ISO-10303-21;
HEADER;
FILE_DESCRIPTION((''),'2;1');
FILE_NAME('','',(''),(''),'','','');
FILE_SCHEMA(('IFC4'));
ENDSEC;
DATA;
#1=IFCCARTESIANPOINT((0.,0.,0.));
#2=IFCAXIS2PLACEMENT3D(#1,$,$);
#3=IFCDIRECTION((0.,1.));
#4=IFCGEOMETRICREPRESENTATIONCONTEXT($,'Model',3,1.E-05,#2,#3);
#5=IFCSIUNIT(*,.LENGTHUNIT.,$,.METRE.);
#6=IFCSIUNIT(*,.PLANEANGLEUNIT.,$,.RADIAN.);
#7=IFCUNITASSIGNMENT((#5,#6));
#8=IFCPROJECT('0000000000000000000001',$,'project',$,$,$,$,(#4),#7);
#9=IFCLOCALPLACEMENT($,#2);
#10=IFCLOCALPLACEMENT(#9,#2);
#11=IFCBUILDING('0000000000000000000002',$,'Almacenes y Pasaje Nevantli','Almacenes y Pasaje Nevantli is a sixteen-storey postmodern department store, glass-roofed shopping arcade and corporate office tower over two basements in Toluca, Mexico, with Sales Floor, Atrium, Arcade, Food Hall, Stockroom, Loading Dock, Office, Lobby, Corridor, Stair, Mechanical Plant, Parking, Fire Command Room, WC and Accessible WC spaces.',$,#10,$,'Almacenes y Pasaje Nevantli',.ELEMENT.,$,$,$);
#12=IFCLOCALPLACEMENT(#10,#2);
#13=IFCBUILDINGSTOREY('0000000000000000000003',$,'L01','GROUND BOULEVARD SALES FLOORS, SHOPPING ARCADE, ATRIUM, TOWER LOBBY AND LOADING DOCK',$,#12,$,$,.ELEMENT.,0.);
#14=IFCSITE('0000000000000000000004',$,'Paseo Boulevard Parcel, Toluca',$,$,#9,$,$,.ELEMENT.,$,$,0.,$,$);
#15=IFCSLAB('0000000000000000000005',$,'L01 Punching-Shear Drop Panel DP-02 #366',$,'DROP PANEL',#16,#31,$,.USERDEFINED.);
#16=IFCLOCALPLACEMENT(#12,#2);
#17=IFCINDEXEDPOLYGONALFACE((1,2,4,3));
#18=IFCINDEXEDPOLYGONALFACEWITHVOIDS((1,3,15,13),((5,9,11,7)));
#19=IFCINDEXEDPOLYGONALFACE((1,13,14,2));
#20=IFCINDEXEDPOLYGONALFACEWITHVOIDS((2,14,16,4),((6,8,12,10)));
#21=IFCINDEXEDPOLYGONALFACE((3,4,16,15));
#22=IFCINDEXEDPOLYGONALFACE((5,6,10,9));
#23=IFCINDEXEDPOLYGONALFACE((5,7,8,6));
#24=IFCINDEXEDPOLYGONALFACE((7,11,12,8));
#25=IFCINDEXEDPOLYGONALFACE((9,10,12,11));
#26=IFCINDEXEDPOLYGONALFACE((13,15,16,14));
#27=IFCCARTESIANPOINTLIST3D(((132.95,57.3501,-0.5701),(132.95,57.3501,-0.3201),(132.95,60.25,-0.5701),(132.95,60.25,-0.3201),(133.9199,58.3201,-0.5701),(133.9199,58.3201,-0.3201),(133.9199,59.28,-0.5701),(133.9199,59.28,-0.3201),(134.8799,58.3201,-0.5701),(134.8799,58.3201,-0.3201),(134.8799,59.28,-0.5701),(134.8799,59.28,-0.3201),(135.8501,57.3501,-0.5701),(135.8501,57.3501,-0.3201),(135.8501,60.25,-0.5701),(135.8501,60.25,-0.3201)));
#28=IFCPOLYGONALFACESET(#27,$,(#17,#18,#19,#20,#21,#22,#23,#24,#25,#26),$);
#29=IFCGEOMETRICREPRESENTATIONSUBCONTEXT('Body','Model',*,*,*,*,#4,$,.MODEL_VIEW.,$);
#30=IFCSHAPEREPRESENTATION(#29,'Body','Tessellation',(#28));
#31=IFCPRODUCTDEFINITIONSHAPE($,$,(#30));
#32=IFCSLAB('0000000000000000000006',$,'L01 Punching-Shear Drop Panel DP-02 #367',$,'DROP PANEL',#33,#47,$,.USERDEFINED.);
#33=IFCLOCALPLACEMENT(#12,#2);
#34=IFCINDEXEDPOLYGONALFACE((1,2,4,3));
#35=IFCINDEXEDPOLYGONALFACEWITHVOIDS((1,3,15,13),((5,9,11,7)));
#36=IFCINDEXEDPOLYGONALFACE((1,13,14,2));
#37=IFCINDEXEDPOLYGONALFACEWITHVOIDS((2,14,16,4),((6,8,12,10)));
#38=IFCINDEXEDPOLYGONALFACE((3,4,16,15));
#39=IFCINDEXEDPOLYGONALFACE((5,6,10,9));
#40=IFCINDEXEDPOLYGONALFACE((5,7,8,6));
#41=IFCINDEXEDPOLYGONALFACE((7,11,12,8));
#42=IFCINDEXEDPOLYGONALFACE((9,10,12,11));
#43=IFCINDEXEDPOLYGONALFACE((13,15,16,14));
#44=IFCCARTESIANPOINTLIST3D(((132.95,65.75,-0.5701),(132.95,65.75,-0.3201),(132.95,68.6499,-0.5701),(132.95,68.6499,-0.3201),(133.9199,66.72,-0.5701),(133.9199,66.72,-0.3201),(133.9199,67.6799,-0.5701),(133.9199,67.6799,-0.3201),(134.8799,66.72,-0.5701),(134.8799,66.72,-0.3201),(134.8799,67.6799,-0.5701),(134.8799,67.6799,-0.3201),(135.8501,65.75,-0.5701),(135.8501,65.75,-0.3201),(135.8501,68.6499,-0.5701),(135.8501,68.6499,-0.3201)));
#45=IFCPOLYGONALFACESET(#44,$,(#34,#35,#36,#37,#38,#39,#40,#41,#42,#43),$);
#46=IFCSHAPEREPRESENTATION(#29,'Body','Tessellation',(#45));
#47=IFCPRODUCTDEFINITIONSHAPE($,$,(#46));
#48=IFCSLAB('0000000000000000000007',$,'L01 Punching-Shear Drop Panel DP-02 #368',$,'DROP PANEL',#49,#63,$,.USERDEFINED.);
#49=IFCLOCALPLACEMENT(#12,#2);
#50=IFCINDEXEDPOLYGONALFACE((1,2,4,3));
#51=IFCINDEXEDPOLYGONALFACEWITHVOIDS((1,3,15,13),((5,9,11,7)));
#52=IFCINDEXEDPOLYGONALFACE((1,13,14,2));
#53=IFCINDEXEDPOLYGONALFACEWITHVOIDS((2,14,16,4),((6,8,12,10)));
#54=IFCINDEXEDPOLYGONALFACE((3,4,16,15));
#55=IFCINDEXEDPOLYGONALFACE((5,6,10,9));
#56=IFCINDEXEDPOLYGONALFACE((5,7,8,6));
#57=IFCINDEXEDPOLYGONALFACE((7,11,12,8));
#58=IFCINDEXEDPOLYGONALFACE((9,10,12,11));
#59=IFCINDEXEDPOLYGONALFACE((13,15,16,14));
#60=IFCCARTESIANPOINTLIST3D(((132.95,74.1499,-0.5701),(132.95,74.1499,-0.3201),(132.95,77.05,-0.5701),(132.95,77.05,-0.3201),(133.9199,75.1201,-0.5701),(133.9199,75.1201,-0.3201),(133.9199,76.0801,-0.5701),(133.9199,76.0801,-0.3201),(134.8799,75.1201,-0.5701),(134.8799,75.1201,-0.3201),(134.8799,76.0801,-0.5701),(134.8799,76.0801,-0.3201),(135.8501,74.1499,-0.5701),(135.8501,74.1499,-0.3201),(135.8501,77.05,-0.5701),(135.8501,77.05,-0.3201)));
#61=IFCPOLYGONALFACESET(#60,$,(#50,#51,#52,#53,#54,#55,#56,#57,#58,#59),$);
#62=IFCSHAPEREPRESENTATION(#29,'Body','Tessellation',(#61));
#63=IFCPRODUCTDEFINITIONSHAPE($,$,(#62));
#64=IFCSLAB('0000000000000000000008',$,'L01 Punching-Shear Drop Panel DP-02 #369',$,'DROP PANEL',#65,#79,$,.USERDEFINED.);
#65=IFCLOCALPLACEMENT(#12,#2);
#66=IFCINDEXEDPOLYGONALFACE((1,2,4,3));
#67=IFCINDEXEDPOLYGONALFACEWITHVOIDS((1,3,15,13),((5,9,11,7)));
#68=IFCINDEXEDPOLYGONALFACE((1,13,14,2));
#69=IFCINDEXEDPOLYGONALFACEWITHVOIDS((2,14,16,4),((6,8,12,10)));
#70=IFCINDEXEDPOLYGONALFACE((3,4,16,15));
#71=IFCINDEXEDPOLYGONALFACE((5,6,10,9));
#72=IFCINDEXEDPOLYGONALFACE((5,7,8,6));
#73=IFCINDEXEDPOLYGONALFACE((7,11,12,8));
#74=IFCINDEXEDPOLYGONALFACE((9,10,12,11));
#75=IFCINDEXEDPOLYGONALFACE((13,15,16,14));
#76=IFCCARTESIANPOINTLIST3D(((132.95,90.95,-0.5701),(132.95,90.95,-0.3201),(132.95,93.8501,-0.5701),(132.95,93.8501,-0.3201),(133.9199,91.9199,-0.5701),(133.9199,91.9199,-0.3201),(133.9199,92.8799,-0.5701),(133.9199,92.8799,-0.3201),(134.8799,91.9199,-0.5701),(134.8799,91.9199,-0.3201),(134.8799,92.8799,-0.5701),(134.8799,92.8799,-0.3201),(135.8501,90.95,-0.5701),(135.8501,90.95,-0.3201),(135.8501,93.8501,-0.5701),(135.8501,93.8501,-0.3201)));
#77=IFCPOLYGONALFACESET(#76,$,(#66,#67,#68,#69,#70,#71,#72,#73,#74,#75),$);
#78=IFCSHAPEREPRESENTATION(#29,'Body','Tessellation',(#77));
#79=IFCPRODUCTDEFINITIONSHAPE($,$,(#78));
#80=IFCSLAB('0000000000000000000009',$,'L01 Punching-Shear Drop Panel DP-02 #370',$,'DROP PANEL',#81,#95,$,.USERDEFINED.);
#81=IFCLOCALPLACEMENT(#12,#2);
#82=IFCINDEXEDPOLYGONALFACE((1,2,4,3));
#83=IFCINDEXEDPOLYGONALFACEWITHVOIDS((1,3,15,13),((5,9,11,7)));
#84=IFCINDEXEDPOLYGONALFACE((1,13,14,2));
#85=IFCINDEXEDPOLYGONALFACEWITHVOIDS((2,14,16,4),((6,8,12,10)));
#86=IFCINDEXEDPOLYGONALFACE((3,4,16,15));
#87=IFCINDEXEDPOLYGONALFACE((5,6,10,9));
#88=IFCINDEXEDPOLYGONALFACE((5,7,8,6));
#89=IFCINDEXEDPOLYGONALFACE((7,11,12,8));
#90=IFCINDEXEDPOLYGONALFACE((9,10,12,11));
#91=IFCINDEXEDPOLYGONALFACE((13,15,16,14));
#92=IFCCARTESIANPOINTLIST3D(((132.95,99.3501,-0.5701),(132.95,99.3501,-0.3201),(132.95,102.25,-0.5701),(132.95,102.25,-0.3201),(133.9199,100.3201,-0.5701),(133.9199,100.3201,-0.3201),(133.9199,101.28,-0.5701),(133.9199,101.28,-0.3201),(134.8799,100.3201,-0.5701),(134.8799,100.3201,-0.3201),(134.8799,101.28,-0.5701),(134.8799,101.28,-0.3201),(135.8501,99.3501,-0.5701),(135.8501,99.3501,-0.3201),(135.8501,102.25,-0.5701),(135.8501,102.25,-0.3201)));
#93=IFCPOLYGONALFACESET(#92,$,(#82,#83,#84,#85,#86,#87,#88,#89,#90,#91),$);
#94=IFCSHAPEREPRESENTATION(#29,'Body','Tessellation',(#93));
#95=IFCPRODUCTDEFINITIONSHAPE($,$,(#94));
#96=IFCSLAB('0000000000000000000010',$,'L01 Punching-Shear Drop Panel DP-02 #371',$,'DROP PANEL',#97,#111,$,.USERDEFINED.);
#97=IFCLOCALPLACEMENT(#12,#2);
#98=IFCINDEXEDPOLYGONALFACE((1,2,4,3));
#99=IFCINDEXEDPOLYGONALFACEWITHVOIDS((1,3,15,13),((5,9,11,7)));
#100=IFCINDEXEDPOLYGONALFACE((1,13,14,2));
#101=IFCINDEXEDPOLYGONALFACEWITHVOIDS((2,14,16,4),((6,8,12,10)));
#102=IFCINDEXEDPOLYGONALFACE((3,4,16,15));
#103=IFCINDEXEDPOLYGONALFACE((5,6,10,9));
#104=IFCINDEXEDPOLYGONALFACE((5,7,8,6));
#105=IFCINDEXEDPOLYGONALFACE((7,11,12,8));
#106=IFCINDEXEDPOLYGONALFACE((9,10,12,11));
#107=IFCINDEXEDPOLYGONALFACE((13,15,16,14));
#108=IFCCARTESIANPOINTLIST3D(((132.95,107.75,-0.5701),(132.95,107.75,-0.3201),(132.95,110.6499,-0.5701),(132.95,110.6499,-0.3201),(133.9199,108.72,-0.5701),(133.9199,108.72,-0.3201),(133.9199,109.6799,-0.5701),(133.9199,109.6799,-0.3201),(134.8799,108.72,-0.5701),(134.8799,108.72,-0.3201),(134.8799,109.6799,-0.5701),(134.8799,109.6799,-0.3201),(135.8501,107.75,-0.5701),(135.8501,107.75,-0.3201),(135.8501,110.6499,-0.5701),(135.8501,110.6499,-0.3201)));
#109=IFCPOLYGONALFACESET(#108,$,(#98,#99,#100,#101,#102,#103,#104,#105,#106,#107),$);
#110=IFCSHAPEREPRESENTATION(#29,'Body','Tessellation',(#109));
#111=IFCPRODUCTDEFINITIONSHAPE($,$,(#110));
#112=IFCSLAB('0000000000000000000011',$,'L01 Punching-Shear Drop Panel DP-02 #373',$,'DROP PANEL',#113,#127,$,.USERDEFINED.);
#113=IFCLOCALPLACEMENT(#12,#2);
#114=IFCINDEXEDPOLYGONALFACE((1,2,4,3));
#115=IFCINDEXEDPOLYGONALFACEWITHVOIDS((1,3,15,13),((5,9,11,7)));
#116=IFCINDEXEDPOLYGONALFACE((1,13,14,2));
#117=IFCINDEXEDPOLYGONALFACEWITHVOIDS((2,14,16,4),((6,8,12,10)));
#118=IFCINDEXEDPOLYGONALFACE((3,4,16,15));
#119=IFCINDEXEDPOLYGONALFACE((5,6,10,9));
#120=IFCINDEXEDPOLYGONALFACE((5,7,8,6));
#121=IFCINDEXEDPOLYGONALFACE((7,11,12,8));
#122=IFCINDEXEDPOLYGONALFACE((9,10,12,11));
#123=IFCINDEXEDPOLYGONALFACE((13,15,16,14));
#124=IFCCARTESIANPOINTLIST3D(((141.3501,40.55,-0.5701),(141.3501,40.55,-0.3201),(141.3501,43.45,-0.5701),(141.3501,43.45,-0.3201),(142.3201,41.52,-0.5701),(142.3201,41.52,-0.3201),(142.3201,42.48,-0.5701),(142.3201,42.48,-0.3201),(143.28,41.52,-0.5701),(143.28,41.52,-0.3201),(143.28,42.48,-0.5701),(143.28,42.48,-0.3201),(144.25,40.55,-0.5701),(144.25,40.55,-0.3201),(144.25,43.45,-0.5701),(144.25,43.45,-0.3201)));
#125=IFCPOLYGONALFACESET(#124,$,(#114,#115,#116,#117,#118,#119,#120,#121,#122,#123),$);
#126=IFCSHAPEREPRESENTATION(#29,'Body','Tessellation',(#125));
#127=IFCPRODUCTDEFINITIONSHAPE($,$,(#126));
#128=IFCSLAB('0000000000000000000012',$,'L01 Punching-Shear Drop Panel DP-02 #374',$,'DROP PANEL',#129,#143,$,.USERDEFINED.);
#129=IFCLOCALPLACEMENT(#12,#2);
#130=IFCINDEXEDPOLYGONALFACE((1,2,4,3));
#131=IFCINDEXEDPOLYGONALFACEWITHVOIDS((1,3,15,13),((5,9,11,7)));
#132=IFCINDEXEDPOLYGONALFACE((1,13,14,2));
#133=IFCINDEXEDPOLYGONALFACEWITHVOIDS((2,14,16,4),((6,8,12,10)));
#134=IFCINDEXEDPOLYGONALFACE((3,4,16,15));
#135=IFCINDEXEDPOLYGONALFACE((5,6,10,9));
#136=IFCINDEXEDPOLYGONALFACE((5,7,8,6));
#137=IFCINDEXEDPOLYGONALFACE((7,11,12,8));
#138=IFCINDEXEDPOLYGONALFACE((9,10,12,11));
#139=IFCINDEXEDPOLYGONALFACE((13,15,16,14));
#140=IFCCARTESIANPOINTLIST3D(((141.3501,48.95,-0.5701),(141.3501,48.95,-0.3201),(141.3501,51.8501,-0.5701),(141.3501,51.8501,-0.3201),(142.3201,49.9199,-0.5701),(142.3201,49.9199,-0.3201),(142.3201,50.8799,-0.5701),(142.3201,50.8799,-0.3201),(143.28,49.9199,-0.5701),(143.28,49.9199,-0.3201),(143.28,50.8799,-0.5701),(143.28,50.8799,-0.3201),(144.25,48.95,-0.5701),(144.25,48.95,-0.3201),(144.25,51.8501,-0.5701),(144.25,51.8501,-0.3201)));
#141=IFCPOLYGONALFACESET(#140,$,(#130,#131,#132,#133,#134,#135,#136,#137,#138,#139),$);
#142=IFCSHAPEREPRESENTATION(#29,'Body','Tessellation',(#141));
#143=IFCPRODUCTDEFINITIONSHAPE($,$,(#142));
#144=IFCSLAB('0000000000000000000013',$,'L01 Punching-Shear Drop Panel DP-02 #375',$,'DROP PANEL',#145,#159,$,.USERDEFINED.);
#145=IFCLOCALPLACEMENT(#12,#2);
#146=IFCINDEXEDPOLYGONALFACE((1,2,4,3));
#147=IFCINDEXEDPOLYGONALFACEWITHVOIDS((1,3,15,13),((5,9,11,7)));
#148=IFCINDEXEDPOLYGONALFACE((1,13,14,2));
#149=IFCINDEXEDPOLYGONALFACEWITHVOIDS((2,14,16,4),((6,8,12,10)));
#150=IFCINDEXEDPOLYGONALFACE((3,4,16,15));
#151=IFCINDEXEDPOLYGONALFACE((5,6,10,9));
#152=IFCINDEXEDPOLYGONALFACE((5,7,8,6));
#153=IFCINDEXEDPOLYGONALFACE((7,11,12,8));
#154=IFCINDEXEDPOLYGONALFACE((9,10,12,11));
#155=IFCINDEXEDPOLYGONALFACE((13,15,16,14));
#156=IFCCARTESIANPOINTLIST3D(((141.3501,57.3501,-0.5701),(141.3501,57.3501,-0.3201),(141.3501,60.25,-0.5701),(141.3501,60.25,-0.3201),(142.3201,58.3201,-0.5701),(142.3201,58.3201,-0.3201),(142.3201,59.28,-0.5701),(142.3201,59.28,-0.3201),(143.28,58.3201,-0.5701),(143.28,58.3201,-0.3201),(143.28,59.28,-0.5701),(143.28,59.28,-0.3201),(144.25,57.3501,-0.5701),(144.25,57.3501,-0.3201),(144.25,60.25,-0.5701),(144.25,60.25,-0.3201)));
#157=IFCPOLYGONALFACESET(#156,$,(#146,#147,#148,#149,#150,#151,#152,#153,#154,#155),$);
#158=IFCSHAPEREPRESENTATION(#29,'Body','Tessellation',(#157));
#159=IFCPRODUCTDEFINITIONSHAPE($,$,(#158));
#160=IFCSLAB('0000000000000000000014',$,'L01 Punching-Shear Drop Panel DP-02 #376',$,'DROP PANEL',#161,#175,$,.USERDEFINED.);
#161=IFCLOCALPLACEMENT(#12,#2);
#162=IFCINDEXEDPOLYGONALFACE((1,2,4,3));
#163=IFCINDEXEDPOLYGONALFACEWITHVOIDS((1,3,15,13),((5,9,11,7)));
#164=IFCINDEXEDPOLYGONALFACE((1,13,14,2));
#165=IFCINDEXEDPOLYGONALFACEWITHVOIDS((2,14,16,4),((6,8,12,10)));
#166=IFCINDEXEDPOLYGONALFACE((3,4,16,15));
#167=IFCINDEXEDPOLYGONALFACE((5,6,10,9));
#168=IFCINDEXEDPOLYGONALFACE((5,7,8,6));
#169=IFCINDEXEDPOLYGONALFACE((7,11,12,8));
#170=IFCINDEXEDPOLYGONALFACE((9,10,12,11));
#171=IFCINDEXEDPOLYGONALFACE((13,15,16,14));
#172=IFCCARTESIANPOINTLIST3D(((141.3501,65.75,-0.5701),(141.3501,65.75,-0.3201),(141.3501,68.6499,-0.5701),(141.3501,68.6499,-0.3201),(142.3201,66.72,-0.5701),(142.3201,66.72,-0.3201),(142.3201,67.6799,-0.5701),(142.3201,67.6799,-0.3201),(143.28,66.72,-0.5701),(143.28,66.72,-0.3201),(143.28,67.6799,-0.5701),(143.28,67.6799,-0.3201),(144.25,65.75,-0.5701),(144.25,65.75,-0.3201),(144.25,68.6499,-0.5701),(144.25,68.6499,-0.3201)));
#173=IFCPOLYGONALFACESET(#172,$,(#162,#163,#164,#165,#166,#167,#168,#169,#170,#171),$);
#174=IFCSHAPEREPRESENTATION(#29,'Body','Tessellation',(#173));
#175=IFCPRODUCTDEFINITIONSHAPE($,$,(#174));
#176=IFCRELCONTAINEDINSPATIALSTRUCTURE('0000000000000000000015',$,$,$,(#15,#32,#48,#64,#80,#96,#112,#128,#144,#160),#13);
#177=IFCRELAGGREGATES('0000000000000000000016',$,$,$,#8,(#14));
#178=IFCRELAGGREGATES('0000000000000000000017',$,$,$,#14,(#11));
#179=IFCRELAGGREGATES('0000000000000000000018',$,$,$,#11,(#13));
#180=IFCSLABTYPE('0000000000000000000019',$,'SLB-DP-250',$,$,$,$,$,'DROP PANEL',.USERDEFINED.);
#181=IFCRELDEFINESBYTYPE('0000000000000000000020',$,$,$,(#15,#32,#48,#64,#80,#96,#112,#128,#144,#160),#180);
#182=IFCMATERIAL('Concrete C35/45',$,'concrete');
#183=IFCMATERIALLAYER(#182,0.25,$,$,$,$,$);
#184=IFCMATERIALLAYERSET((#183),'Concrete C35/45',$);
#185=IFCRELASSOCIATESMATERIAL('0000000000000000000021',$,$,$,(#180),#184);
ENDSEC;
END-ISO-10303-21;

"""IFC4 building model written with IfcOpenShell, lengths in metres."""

from ifc_helpers import new_model, si_unit, direction, frame, origin, place, context, subcontext, project, spatial, polyline, outline, extrude, material, layer, layer_set, type_object, element, save


model = new_model("IFC4")

# Units and contexts
model_context = context("Model", 3, precision=1e-05, world=origin(), true_north=direction((0.0, 1.0)))
body_context = subcontext(model_context, "Body", "Model", "MODEL_VIEW")
ifc_project = project(units=[si_unit("LENGTHUNIT", "METRE"), si_unit("PLANEANGLEUNIT", "RADIAN")], contexts=[model_context])

# Site, building, storey
site_placement = place(None, origin())
site = spatial("IfcSite", under=ifc_project, at=site_placement, Name="Paseo Boulevard Parcel, Toluca", CompositionType="ELEMENT", RefElevation=0.0)
building_placement = place(site_placement, origin())
building = spatial("IfcBuilding", under=site, at=building_placement, Name="Almacenes y Pasaje Nevantli", Description="Almacenes y Pasaje Nevantli is a sixteen-storey postmodern department store, glass-roofed shopping arcade and corporate office tower over two basements in Toluca, Mexico, with Sales Floor, Atrium, Arcade, Food Hall, Stockroom, Loading Dock, Office, Lobby, Corridor, Stair, Mechanical Plant, Parking, Fire Command Room, WC and Accessible WC spaces.", LongName="Almacenes y Pasaje Nevantli", CompositionType="ELEMENT")
storey_placement = place(building_placement, origin())
storey = spatial("IfcBuildingStorey", under=building, at=storey_placement, Name="L01", Description="GROUND BOULEVARD SALES FLOORS, SHOPPING ARCADE, ATRIUM, TOWER LOBBY AND LOADING DOCK", CompositionType="ELEMENT", Elevation=0.0)

# Slabs
ifc_material_1 = material(Name="Concrete C35/45", Category="concrete")
ifc_layer_1 = layer(ifc_material_1, 0.25)
ifc_layer_set_1 = layer_set([ifc_layer_1], Name="Concrete C35/45")
slab_type_1 = type_object("IfcSlabType", Name="SLB-DP-250", ElementType="DROP PANEL", PredefinedType="USERDEFINED", material=ifc_layer_set_1)
slab_1_placement = place(storey_placement, frame((0.0, 0.0, -0.5701)))
element("IfcSlab", 1, at=slab_1_placement, inside=storey, type_object=slab_type_1, Name="L01 Punching-Shear Drop Panel DP-02 #366", ObjectType="DROP PANEL", PredefinedType="USERDEFINED", context=body_context, shape_type="SweptSolid", body=[
    extrude(outline(polyline([(132.95, 57.3501), (135.8501, 57.3501), (135.8501, 60.25), (132.95, 60.25), (132.95, 57.3501)]), holes=[polyline([(133.9199, 58.3201), (134.8799, 58.3201), (134.8799, 59.28), (133.9199, 59.28), (133.9199, 58.3201)])]), origin(), (0.0, 0.0, 1.0), 0.25),
])
slab_2_placement = place(storey_placement, frame((0.0, 0.0, -0.5701)))
element("IfcSlab", 2, at=slab_2_placement, inside=storey, type_object=slab_type_1, Name="L01 Punching-Shear Drop Panel DP-02 #367", ObjectType="DROP PANEL", PredefinedType="USERDEFINED", context=body_context, shape_type="SweptSolid", body=[
    extrude(outline(polyline([(132.95, 65.75), (135.8501, 65.75), (135.8501, 68.6499), (132.95, 68.6499), (132.95, 65.75)]), holes=[polyline([(133.9199, 66.72), (134.8799, 66.72), (134.8799, 67.6799), (133.9199, 67.6799), (133.9199, 66.72)])]), origin(), (0.0, 0.0, 1.0), 0.25),
])
slab_3_placement = place(storey_placement, frame((0.0, 0.0, -0.5701)))
element("IfcSlab", 3, at=slab_3_placement, inside=storey, type_object=slab_type_1, Name="L01 Punching-Shear Drop Panel DP-02 #368", ObjectType="DROP PANEL", PredefinedType="USERDEFINED", context=body_context, shape_type="SweptSolid", body=[
    extrude(outline(polyline([(132.95, 74.1499), (135.8501, 74.1499), (135.8501, 77.05), (132.95, 77.05), (132.95, 74.1499)]), holes=[polyline([(133.9199, 75.1201), (134.8799, 75.1201), (134.8799, 76.0801), (133.9199, 76.0801), (133.9199, 75.1201)])]), origin(), (0.0, 0.0, 1.0), 0.25),
])
slab_4_placement = place(storey_placement, frame((0.0, 0.0, -0.5701)))
element("IfcSlab", 4, at=slab_4_placement, inside=storey, type_object=slab_type_1, Name="L01 Punching-Shear Drop Panel DP-02 #369", ObjectType="DROP PANEL", PredefinedType="USERDEFINED", context=body_context, shape_type="SweptSolid", body=[
    extrude(outline(polyline([(132.95, 90.95), (135.8501, 90.95), (135.8501, 93.8501), (132.95, 93.8501), (132.95, 90.95)]), holes=[polyline([(133.9199, 91.9199), (134.8799, 91.9199), (134.8799, 92.8799), (133.9199, 92.8799), (133.9199, 91.9199)])]), origin(), (0.0, 0.0, 1.0), 0.25),
])
slab_5_placement = place(storey_placement, frame((0.0, 0.0, -0.5701)))
element("IfcSlab", 5, at=slab_5_placement, inside=storey, type_object=slab_type_1, Name="L01 Punching-Shear Drop Panel DP-02 #370", ObjectType="DROP PANEL", PredefinedType="USERDEFINED", context=body_context, shape_type="SweptSolid", body=[
    extrude(outline(polyline([(132.95, 99.3501), (135.8501, 99.3501), (135.8501, 102.25), (132.95, 102.25), (132.95, 99.3501)]), holes=[polyline([(133.9199, 100.3201), (134.8799, 100.3201), (134.8799, 101.28), (133.9199, 101.28), (133.9199, 100.3201)])]), origin(), (0.0, 0.0, 1.0), 0.25),
])
slab_6_placement = place(storey_placement, frame((0.0, 0.0, -0.5701)))
element("IfcSlab", 6, at=slab_6_placement, inside=storey, type_object=slab_type_1, Name="L01 Punching-Shear Drop Panel DP-02 #371", ObjectType="DROP PANEL", PredefinedType="USERDEFINED", context=body_context, shape_type="SweptSolid", body=[
    extrude(outline(polyline([(132.95, 107.75), (135.8501, 107.75), (135.8501, 110.6499), (132.95, 110.6499), (132.95, 107.75)]), holes=[polyline([(133.9199, 108.72), (134.8799, 108.72), (134.8799, 109.6799), (133.9199, 109.6799), (133.9199, 108.72)])]), origin(), (0.0, 0.0, 1.0), 0.25),
])
slab_7_placement = place(storey_placement, frame((0.0, 0.0, -0.5701)))
element("IfcSlab", 7, at=slab_7_placement, inside=storey, type_object=slab_type_1, Name="L01 Punching-Shear Drop Panel DP-02 #373", ObjectType="DROP PANEL", PredefinedType="USERDEFINED", context=body_context, shape_type="SweptSolid", body=[
    extrude(outline(polyline([(141.3501, 40.55), (144.25, 40.55), (144.25, 43.45), (141.3501, 43.45), (141.3501, 40.55)]), holes=[polyline([(142.3201, 41.52), (143.28, 41.52), (143.28, 42.48), (142.3201, 42.48), (142.3201, 41.52)])]), origin(), (0.0, 0.0, 1.0), 0.25),
])
slab_8_placement = place(storey_placement, frame((0.0, 0.0, -0.5701)))
element("IfcSlab", 8, at=slab_8_placement, inside=storey, type_object=slab_type_1, Name="L01 Punching-Shear Drop Panel DP-02 #374", ObjectType="DROP PANEL", PredefinedType="USERDEFINED", context=body_context, shape_type="SweptSolid", body=[
    extrude(outline(polyline([(141.3501, 48.95), (144.25, 48.95), (144.25, 51.8501), (141.3501, 51.8501), (141.3501, 48.95)]), holes=[polyline([(142.3201, 49.9199), (143.28, 49.9199), (143.28, 50.8799), (142.3201, 50.8799), (142.3201, 49.9199)])]), origin(), (0.0, 0.0, 1.0), 0.25),
])
slab_9_placement = place(storey_placement, frame((0.0, 0.0, -0.5701)))
element("IfcSlab", 9, at=slab_9_placement, inside=storey, type_object=slab_type_1, Name="L01 Punching-Shear Drop Panel DP-02 #375", ObjectType="DROP PANEL", PredefinedType="USERDEFINED", context=body_context, shape_type="SweptSolid", body=[
    extrude(outline(polyline([(141.3501, 57.3501), (144.25, 57.3501), (144.25, 60.25), (141.3501, 60.25), (141.3501, 57.3501)]), holes=[polyline([(142.3201, 58.3201), (143.28, 58.3201), (143.28, 59.28), (142.3201, 59.28), (142.3201, 58.3201)])]), origin(), (0.0, 0.0, 1.0), 0.25),
])
slab_10_placement = place(storey_placement, frame((0.0, 0.0, -0.5701)))
element("IfcSlab", 10, at=slab_10_placement, inside=storey, type_object=slab_type_1, Name="L01 Punching-Shear Drop Panel DP-02 #376", ObjectType="DROP PANEL", PredefinedType="USERDEFINED", context=body_context, shape_type="SweptSolid", body=[
    extrude(outline(polyline([(141.3501, 65.75), (144.25, 65.75), (144.25, 68.6499), (141.3501, 68.6499), (141.3501, 65.75)]), holes=[polyline([(142.3201, 66.72), (143.28, 66.72), (143.28, 67.6799), (142.3201, 67.6799), (142.3201, 66.72)])]), origin(), (0.0, 0.0, 1.0), 0.25),
])

save(model, "model.ifc")
